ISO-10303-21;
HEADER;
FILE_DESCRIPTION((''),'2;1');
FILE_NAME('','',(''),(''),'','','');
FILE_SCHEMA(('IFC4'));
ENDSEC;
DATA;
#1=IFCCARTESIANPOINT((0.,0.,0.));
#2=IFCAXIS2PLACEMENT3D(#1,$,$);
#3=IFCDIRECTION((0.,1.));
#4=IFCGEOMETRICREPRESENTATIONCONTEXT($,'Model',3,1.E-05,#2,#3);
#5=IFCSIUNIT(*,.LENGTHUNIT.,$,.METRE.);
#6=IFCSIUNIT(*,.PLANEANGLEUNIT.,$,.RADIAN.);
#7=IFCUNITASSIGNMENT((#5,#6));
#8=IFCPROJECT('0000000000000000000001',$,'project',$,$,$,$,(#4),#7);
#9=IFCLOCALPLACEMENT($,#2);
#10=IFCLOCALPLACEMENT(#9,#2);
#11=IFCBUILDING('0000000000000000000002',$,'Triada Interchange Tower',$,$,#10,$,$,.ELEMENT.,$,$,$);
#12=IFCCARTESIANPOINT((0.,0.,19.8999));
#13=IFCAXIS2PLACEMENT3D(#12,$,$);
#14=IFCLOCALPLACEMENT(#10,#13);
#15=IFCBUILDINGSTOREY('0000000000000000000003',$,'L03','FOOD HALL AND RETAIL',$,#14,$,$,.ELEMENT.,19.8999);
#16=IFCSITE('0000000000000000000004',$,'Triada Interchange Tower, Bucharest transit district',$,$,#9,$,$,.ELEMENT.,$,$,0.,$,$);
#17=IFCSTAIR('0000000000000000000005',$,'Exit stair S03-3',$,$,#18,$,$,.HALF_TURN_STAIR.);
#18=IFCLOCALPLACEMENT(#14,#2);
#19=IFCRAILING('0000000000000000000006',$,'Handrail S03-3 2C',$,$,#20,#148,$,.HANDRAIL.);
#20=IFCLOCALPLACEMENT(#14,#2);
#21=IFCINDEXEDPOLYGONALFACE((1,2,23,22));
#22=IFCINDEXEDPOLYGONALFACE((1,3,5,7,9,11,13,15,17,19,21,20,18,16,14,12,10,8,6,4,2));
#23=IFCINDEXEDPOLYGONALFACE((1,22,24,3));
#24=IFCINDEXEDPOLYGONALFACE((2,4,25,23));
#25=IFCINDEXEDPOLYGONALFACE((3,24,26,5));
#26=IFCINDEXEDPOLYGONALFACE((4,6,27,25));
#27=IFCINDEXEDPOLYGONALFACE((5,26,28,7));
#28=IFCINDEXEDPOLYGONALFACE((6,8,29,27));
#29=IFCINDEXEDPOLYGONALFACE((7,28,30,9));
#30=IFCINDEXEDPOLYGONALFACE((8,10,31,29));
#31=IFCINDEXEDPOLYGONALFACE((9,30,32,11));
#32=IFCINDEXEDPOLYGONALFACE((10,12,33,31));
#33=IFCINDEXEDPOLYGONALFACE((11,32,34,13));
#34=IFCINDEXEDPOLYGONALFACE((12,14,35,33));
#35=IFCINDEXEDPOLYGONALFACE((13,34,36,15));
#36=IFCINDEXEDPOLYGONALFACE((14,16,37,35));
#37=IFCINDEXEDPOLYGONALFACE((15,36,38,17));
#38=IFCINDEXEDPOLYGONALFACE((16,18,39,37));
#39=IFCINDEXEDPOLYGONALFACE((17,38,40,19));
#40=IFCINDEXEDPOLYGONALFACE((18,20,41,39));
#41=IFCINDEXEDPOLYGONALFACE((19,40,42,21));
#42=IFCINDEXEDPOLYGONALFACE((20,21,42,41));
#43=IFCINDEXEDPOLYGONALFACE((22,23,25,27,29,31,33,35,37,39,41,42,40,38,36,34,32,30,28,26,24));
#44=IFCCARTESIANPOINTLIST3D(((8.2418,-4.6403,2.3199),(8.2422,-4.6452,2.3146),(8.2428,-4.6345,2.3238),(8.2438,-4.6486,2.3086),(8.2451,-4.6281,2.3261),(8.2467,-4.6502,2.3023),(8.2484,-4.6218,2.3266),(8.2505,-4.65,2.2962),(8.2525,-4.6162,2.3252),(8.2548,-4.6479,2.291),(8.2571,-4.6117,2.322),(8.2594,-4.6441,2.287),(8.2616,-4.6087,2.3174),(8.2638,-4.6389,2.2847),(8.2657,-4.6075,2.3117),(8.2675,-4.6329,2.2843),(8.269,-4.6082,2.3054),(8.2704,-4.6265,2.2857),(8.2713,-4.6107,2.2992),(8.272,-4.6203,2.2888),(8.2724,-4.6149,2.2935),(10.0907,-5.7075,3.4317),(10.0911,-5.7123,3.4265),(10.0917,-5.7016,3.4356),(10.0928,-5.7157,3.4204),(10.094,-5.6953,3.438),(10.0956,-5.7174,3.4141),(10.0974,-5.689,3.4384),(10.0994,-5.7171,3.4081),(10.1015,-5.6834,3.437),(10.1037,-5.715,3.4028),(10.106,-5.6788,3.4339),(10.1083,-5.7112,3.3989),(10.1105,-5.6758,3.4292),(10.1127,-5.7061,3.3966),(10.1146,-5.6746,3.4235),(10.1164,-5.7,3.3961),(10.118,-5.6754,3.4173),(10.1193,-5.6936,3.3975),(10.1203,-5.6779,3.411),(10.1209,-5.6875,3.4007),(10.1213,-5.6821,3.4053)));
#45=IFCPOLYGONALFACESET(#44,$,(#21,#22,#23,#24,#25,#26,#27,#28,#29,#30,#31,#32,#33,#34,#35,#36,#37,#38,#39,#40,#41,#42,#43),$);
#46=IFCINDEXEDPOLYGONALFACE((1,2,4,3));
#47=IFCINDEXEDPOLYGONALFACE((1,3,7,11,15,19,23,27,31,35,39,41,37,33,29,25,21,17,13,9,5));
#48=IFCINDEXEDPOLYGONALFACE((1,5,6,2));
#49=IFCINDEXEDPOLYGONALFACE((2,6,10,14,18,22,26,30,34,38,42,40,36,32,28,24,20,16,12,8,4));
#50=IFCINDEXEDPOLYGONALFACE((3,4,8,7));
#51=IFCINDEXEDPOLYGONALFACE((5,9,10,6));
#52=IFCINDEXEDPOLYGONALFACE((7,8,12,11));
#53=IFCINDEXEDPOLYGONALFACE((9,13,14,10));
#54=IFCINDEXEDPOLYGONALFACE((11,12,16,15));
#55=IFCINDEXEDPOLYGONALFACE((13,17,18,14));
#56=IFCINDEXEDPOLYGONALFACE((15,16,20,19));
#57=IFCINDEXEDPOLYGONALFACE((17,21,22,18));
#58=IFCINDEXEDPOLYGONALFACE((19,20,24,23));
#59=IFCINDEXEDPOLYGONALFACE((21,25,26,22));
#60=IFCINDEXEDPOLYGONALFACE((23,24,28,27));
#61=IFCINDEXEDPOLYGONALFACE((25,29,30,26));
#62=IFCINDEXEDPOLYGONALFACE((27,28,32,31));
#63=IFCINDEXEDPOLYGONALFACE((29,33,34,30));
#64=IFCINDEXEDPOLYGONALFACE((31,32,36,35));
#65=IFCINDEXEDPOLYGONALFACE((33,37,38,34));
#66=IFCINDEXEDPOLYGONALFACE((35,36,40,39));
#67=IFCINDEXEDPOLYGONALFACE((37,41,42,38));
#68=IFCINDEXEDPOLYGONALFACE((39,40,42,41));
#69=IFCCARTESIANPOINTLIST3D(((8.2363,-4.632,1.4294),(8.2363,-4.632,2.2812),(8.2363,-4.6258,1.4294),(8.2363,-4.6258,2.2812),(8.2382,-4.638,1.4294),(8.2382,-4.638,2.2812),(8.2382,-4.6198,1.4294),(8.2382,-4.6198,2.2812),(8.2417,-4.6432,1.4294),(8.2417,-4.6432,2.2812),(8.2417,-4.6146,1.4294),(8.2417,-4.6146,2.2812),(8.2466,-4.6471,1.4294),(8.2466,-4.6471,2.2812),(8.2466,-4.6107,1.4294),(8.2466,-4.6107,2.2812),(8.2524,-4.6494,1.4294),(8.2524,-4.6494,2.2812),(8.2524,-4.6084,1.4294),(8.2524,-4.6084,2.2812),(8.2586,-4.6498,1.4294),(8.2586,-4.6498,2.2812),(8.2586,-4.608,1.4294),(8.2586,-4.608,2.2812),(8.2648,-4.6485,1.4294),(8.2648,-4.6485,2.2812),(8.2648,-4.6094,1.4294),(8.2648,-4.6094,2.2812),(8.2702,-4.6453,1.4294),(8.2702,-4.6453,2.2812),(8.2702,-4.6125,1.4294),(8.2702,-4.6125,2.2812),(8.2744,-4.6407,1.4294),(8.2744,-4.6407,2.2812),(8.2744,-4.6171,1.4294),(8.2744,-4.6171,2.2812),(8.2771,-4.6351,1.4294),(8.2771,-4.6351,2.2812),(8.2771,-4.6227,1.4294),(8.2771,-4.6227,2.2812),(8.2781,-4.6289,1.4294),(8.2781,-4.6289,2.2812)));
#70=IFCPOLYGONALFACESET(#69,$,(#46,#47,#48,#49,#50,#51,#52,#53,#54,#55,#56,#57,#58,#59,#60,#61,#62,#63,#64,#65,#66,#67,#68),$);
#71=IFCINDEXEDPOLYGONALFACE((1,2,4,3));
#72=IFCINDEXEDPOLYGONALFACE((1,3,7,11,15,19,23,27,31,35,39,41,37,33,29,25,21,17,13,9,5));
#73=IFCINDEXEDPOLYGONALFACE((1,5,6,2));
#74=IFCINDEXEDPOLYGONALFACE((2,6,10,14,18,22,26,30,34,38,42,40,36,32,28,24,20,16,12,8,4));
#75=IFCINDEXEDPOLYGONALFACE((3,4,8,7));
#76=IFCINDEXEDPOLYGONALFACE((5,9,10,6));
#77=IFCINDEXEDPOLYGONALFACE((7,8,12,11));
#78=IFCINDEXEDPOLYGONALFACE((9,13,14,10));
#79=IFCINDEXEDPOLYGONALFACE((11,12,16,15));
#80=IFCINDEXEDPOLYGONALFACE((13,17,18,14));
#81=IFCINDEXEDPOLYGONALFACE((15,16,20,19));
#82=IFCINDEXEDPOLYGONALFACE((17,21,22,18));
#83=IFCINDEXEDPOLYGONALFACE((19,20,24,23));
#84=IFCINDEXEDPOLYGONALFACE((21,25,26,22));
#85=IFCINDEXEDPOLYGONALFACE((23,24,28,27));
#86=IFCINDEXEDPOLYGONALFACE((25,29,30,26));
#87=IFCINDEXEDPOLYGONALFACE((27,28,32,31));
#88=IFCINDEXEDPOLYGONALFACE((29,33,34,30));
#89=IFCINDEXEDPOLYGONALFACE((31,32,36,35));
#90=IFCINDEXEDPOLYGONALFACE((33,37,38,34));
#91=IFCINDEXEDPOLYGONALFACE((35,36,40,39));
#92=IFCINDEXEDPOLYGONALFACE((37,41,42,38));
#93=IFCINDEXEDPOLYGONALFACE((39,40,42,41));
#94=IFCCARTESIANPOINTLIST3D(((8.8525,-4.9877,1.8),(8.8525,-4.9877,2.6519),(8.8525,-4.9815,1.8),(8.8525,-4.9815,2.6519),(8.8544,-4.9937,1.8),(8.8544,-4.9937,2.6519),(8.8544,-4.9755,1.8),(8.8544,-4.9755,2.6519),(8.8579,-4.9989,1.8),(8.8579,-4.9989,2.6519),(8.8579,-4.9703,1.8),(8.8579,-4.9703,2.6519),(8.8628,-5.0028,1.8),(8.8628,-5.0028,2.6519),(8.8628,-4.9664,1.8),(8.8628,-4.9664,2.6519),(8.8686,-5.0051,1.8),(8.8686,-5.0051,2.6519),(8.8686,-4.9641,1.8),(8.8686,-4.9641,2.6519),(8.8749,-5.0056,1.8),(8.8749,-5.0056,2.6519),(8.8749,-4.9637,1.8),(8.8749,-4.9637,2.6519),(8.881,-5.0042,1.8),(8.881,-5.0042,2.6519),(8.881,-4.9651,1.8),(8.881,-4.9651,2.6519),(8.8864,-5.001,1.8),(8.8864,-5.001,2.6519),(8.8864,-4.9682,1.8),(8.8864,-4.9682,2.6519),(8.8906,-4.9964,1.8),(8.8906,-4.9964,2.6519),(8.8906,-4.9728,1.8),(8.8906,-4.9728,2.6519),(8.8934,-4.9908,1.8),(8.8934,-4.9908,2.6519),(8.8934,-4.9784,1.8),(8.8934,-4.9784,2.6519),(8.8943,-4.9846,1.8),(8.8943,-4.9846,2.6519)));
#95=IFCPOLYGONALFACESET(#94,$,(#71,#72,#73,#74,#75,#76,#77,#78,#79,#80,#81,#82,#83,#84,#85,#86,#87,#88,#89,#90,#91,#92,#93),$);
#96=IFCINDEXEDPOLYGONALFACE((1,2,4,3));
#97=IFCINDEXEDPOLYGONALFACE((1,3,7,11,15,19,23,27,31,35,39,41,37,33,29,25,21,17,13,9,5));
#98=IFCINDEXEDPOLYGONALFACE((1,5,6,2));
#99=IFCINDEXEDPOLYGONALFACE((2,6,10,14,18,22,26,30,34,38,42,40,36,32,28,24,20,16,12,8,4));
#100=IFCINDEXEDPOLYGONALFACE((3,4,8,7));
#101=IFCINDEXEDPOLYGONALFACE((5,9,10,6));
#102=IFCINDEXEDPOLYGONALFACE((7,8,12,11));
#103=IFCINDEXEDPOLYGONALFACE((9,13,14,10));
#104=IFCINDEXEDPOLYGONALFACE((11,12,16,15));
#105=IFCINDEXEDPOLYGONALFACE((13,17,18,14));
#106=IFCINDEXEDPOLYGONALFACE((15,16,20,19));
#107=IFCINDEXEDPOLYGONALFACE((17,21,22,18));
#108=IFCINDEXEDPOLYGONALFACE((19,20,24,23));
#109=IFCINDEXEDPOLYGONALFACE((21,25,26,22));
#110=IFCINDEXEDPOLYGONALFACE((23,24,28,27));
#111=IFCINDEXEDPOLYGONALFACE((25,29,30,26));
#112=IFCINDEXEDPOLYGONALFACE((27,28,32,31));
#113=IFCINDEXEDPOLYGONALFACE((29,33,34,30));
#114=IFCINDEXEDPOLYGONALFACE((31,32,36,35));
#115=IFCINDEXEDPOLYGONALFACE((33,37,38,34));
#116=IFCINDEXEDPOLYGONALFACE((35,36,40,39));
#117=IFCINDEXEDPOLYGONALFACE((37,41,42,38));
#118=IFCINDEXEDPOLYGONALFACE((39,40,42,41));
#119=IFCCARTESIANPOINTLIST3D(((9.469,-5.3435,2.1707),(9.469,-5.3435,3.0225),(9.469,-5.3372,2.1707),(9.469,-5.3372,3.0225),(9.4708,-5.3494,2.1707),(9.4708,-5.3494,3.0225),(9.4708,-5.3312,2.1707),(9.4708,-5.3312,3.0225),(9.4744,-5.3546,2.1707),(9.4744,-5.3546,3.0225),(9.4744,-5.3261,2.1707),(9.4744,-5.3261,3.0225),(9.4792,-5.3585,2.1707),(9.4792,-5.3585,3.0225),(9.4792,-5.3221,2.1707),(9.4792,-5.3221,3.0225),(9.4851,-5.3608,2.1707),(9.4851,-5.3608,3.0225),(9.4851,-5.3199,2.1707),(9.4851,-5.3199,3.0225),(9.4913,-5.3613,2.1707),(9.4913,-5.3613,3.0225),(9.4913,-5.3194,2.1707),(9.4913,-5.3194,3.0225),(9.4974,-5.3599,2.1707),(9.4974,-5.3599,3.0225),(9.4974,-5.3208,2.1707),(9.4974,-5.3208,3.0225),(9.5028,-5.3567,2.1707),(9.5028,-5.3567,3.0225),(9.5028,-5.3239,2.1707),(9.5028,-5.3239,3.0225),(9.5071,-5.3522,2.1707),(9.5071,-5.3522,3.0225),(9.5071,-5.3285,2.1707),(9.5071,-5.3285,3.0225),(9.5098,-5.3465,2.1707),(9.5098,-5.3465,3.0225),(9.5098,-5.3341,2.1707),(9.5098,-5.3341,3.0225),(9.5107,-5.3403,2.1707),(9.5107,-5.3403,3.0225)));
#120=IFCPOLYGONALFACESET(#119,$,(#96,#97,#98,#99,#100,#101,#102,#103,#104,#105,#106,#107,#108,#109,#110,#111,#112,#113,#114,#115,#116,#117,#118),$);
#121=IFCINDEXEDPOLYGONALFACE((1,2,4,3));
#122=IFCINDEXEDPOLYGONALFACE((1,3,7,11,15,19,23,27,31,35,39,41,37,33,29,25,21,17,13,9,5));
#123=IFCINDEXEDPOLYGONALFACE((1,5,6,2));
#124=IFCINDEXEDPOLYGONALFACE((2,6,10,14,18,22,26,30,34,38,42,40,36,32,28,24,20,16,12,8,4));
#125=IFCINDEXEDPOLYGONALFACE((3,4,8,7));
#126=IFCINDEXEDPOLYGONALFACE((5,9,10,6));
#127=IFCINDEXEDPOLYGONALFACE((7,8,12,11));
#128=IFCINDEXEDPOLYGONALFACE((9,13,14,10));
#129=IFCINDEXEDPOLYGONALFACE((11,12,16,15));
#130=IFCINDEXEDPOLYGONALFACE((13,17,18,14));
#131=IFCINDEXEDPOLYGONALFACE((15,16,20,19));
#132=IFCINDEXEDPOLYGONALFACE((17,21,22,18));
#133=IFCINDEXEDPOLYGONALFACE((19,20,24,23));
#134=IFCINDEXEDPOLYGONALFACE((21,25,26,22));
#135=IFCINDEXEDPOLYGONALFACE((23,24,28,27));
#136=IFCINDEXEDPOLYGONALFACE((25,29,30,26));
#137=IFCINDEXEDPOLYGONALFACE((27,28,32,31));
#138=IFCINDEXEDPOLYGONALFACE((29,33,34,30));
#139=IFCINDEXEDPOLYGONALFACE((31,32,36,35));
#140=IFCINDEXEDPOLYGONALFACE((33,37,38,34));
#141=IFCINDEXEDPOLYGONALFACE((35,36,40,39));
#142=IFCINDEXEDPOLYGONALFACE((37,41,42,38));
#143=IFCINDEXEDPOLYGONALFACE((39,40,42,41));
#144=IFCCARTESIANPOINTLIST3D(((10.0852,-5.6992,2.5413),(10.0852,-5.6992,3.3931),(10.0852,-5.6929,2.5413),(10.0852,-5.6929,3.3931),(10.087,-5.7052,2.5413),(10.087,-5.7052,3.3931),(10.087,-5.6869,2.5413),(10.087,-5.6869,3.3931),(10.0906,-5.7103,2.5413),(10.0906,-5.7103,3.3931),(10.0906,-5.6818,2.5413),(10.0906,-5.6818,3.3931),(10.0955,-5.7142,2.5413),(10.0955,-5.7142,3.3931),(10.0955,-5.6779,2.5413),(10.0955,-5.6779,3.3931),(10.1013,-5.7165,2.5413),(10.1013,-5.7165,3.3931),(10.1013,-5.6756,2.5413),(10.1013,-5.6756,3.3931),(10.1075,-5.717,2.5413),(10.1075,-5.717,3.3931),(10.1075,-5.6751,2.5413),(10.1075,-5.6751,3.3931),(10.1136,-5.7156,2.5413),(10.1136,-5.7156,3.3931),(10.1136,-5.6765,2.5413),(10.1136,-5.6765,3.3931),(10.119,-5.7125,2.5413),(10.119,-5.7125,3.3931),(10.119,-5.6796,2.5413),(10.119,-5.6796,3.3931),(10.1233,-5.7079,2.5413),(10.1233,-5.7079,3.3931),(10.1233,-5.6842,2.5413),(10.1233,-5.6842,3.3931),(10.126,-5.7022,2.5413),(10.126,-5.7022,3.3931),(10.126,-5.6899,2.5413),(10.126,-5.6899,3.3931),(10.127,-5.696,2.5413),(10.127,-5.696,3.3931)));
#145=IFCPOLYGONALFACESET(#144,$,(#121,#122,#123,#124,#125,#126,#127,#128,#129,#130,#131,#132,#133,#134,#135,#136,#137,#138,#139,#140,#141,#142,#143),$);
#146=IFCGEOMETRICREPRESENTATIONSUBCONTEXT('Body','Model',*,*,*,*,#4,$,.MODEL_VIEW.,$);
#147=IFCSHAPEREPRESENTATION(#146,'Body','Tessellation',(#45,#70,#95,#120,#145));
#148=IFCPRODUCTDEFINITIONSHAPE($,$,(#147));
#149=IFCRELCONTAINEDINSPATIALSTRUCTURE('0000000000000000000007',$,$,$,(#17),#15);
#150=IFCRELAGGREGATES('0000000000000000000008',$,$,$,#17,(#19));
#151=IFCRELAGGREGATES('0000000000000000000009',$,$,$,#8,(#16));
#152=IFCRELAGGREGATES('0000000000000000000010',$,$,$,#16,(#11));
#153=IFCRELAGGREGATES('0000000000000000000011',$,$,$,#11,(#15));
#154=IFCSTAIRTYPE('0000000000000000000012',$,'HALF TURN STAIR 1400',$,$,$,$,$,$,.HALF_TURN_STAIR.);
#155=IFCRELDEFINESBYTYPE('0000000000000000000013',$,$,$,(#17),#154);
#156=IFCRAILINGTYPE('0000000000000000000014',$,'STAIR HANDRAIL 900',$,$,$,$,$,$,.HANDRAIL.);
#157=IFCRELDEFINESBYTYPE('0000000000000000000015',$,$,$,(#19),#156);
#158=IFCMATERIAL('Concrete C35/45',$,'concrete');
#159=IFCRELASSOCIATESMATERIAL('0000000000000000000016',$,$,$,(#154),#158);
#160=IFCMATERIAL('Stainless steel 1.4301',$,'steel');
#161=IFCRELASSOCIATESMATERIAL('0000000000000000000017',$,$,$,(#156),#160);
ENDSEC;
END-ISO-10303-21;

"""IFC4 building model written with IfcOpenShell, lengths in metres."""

from ifc_helpers import new_model, si_unit, direction, frame, origin, origin_2d, place, context, subcontext, project, spatial, circle, extrude, material, type_object, element, aggregate, save


model = new_model("IFC4")

# Units and contexts
model_context = context("Model", 3, precision=1e-05, world=origin(), true_north=direction((0.0, 1.0)))
body_context = subcontext(model_context, "Body", "Model", "MODEL_VIEW")
ifc_project = project(units=[si_unit("LENGTHUNIT", "METRE"), si_unit("PLANEANGLEUNIT", "RADIAN")], contexts=[model_context])

# Site, building, storey
site_placement = place(None, origin())
site = spatial("IfcSite", under=ifc_project, at=site_placement, Name="Triada Interchange Tower, Bucharest transit district", CompositionType="ELEMENT", RefElevation=0.0)
building_placement = place(site_placement, origin())
building = spatial("IfcBuilding", under=site, at=building_placement, Name="Triada Interchange Tower", CompositionType="ELEMENT")
storey_placement = place(building_placement, frame((0.0, 0.0, 19.8999)))
storey = spatial("IfcBuildingStorey", under=building, at=storey_placement, Name="L03", Description="FOOD HALL AND RETAIL", CompositionType="ELEMENT", Elevation=19.8999)

# Shared definitions
ifc_material_1 = material(Name="Concrete C35/45", Category="concrete")
stair_type = type_object("IfcStairType", Name="HALF TURN STAIR 1400", PredefinedType="HALF_TURN_STAIR", material=ifc_material_1)

# Stair
stair_1_placement = place(storey_placement, origin())
stair_1 = element("IfcStair", 1, at=stair_1_placement, inside=storey, type_object=stair_type, Name="Exit stair S03-3", PredefinedType="HALF_TURN_STAIR")

# Railing
ifc_material_2 = material(Name="Stainless steel 1.4301", Category="steel")
railing_type = type_object("IfcRailingType", Name="STAIR HANDRAIL 900", PredefinedType="HANDRAIL", material=ifc_material_2)
railing_1_placement = place(storey_placement, frame((8.2571, -4.6289, 1.4294)))
railing_1 = element("IfcRailing", 2, at=railing_1_placement, type_object=railing_type, Name="Handrail S03-3 2C", PredefinedType="HANDRAIL", context=body_context, shape_type="SweptSolid", body=[
    extrude(circle(Radius=0.0239, at=origin_2d()), frame((0.0, 0.0, 0.876), z_axis=(0.76815, -0.443363, 0.461925), x_axis=(0.499891, 0.866088, 0.0)), (0.0, 0.0, 1.0), 2.407),
    extrude(circle(Radius=0.021, at=origin_2d()), origin(), (0.0, 0.0, 1.0), 0.8518),
    extrude(circle(Radius=0.021, at=origin_2d()), frame((0.6162, -0.3557, 0.3706)), (0.0, 0.0, 1.0), 0.8518),
    extrude(circle(Radius=0.021, at=origin_2d()), frame((1.2327, -0.7114, 0.7412)), (0.0, 0.0, 1.0), 0.8518),
    extrude(circle(Radius=0.021, at=origin_2d()), frame((1.8489, -1.0671, 1.1118)), (0.0, 0.0, 1.0), 0.8518),
])
aggregate(stair_1, [railing_1])

save(model, "model.ifc")
